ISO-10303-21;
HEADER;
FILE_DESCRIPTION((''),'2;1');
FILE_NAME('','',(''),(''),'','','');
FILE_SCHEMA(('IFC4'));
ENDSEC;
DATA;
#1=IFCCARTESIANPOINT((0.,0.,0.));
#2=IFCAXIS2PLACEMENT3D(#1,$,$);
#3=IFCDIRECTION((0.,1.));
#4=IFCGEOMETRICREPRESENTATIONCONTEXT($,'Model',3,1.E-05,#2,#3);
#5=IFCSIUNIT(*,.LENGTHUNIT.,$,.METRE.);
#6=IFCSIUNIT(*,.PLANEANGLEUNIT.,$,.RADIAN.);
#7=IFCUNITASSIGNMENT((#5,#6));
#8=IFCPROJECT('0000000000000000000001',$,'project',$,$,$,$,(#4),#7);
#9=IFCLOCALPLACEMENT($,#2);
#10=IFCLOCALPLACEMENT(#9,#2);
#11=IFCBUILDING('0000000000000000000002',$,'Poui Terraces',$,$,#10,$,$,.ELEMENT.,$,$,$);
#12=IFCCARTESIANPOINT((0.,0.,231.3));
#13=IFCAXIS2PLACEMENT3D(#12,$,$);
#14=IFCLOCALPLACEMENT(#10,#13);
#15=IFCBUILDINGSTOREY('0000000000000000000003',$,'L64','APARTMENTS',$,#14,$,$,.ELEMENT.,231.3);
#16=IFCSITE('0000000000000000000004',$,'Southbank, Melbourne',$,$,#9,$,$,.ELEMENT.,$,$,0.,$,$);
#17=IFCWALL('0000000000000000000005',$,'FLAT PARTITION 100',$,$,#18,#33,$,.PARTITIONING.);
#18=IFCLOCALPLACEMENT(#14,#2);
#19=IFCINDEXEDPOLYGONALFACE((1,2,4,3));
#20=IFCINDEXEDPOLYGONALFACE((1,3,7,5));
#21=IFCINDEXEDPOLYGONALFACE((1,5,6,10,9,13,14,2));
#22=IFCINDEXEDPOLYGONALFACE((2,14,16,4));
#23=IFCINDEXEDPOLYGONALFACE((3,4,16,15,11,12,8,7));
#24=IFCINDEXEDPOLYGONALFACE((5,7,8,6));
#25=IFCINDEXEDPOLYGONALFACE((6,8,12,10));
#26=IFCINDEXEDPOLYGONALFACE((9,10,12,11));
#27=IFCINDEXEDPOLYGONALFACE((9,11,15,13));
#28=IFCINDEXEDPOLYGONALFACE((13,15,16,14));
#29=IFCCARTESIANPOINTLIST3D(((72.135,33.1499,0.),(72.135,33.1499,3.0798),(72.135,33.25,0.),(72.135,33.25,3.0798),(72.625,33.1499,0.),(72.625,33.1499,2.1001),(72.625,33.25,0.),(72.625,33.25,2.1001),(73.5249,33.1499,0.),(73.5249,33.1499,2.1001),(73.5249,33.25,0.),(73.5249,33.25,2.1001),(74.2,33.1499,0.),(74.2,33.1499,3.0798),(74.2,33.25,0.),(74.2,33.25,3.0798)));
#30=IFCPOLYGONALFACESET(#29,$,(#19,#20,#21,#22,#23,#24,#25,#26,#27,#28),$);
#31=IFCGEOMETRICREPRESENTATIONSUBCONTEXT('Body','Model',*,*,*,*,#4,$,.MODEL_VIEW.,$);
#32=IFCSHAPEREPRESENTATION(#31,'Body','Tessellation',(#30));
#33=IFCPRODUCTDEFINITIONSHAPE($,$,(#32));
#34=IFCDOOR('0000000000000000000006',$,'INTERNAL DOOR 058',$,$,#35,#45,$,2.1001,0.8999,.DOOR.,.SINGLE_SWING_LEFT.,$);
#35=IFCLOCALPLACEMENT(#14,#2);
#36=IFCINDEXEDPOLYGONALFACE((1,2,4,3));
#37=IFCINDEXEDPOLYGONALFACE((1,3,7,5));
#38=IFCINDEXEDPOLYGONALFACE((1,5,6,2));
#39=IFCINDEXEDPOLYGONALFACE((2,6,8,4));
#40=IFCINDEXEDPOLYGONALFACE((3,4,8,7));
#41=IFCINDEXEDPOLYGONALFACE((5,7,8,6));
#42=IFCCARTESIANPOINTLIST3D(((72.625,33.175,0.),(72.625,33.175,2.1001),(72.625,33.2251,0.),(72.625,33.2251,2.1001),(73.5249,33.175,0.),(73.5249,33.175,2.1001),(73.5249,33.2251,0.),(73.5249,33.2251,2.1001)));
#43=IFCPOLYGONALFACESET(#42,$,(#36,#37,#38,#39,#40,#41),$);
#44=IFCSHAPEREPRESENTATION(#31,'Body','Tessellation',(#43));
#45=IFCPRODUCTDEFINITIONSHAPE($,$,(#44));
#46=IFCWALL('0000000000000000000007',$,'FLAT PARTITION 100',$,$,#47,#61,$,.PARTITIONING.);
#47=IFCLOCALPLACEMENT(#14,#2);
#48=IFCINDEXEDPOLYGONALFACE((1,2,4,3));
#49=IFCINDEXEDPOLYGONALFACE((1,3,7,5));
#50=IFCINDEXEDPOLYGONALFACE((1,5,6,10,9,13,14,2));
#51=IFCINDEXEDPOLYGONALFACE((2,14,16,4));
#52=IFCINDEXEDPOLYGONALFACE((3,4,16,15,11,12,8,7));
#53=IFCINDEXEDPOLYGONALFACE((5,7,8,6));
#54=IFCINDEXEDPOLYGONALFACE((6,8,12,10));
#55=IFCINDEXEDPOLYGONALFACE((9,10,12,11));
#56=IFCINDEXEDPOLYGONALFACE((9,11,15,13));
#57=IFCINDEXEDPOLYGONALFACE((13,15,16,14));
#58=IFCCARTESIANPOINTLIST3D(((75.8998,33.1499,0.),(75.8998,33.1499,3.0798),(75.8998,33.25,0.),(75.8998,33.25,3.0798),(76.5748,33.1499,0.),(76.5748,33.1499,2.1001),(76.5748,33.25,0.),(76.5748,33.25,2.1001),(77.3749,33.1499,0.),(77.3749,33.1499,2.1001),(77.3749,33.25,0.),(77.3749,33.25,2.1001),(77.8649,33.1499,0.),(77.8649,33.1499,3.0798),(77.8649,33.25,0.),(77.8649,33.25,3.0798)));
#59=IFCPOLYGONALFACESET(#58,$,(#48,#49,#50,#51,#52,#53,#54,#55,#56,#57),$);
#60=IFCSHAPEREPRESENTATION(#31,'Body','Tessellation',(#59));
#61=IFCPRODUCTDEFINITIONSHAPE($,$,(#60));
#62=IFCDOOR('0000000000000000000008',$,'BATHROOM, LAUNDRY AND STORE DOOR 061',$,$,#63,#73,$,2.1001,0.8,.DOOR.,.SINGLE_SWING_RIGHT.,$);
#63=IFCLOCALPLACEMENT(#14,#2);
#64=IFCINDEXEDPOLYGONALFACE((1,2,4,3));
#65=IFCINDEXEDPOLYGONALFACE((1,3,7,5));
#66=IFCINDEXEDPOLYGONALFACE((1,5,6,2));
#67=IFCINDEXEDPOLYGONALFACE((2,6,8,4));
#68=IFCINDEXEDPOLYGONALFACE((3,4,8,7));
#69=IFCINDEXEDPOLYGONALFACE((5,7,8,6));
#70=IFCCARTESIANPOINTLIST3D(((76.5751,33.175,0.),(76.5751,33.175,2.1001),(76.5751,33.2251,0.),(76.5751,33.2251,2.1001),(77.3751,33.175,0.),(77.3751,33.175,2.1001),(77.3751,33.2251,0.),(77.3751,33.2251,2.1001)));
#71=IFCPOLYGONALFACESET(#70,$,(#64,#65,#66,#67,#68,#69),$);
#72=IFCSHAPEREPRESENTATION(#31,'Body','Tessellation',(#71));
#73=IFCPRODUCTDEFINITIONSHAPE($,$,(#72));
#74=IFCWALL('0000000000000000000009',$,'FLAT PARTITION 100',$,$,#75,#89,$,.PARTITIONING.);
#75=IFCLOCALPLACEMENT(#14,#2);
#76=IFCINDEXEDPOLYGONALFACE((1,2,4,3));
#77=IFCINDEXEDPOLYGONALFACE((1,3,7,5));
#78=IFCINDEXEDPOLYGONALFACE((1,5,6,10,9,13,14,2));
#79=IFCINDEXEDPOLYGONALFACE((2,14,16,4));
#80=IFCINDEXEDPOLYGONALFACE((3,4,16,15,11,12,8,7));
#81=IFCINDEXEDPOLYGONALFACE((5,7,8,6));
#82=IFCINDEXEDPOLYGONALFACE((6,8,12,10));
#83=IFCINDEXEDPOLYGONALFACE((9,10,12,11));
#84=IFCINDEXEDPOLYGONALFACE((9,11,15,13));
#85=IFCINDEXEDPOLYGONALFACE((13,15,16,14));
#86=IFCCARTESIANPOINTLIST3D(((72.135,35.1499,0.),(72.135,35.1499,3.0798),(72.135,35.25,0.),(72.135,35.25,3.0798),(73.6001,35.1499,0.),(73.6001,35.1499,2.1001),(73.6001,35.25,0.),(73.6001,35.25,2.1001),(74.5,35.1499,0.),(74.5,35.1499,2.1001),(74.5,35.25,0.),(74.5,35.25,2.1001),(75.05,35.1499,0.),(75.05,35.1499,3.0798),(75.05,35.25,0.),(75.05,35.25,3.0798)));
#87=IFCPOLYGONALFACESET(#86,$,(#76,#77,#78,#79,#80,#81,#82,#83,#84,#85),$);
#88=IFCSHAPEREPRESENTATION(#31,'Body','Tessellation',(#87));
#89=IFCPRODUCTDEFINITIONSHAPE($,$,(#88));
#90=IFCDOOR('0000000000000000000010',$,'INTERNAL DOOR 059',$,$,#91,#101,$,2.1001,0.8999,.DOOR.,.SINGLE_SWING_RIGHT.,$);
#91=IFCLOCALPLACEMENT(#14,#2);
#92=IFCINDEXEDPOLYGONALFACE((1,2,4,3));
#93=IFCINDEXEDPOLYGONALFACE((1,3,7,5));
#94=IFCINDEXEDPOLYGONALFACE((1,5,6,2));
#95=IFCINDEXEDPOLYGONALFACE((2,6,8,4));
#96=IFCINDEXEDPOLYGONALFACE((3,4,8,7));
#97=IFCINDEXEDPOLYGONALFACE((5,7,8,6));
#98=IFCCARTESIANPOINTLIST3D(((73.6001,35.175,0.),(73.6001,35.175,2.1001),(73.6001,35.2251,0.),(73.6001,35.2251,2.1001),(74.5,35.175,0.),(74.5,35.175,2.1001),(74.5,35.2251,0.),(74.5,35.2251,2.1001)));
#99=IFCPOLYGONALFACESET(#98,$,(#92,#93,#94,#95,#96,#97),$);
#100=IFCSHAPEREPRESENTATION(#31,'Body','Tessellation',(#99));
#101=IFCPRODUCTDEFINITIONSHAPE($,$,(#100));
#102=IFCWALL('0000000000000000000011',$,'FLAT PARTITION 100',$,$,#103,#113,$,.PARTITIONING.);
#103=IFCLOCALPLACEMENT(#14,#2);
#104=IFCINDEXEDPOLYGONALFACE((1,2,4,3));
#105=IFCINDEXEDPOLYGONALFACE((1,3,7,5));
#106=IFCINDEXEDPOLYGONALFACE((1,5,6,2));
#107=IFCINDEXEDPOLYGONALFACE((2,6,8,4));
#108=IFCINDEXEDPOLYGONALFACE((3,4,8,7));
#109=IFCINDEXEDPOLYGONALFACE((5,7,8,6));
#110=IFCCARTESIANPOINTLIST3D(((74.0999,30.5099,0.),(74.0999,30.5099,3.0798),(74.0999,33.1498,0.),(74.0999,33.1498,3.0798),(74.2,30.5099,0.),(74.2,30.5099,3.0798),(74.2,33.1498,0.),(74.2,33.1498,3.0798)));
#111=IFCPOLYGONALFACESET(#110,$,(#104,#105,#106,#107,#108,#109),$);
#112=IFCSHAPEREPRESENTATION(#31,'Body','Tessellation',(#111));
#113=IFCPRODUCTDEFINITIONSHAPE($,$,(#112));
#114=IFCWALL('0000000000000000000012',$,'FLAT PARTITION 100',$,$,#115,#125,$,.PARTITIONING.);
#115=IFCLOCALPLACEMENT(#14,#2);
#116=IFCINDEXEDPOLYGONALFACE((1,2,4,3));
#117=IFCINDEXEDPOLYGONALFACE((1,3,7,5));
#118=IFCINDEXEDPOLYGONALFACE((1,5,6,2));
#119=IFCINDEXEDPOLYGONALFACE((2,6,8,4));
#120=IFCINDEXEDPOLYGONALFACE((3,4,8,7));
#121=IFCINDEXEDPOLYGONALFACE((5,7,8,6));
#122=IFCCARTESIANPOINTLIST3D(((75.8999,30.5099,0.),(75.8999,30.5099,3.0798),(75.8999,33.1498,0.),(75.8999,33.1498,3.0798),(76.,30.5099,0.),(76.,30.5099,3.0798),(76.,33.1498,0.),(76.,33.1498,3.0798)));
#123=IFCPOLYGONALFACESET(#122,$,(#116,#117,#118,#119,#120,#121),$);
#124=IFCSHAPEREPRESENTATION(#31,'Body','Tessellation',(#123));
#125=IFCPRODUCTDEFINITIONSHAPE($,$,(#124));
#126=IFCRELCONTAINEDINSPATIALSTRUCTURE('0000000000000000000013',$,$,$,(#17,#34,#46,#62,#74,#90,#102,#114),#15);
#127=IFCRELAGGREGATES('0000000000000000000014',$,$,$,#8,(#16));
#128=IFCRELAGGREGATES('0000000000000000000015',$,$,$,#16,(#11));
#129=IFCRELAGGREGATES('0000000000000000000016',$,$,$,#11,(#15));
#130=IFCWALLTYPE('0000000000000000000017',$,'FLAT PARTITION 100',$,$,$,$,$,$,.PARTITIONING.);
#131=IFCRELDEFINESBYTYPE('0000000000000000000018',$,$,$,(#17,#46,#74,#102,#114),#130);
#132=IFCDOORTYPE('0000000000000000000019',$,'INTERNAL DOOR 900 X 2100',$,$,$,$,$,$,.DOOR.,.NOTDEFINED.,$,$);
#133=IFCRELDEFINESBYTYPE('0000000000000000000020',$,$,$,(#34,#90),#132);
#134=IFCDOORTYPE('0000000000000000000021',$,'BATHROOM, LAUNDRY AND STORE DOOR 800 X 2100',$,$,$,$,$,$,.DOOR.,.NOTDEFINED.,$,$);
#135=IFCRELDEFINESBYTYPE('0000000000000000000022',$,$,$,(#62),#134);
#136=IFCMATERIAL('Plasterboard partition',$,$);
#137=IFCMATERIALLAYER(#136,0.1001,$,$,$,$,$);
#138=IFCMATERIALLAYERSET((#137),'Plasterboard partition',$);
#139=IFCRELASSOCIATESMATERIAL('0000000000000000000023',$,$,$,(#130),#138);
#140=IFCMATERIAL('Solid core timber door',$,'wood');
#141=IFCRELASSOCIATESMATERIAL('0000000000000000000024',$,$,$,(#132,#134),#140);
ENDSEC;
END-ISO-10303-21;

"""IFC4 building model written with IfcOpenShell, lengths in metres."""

from ifc_helpers import new_model, si_unit, direction, frame, frame_2d, origin, place, context, subcontext, project, spatial, rectangle, extrude, material, layer, layer_set, type_object, element, fill, save


model = new_model("IFC4")

# Units and contexts
model_context = context("Model", 3, precision=1e-05, world=origin(), true_north=direction((0.0, 1.0)))
body_context = subcontext(model_context, "Body", "Model", "MODEL_VIEW")
ifc_project = project(units=[si_unit("LENGTHUNIT", "METRE"), si_unit("PLANEANGLEUNIT", "RADIAN")], contexts=[model_context])

# Site, building, storey
site_placement = place(None, origin())
site = spatial("IfcSite", under=ifc_project, at=site_placement, Name="Southbank, Melbourne", CompositionType="ELEMENT", RefElevation=0.0)
building_placement = place(site_placement, origin())
building = spatial("IfcBuilding", under=site, at=building_placement, Name="Poui Terraces", CompositionType="ELEMENT")
storey_placement = place(building_placement, frame((0.0, 0.0, 231.3)))
storey = spatial("IfcBuildingStorey", under=building, at=storey_placement, Name="L64", Description="APARTMENTS", CompositionType="ELEMENT", Elevation=231.3)

# Walls, openings, doors
ifc_material_1 = material(Name="Plasterboard partition")
ifc_layer = layer(ifc_material_1, 0.1001)
ifc_layer_set = layer_set([ifc_layer], Name="Plasterboard partition")
wall_type = type_object("IfcWallType", Name="FLAT PARTITION 100", PredefinedType="PARTITIONING", material=ifc_layer_set)
wall_1_placement = place(storey_placement, frame((72.135, 33.2, 0.0), z_axis=(0.0, 0.0, 1.0), x_axis=(1.0, 0.0, 0.0)))
wall_1 = element("IfcWall", 1, at=wall_1_placement, inside=storey, type_object=wall_type, Name="FLAT PARTITION 100", PredefinedType="PARTITIONING", context=body_context, shape_type="SweptSolid", body=[
    extrude(rectangle(XDim=2.0649, YDim=0.1001, at=frame_2d((1.0325, 0.0))), origin(), (0.0, 0.0, 1.0), 3.0798),
])
opening_1_placement = place(wall_1_placement, frame((0.49, 0.0, 0.0)))
opening_1 = element("IfcOpeningElement", 2, at=opening_1_placement, cuts=wall_1, PredefinedType="OPENING", context=body_context, shape_type="SweptSolid", body=[
    extrude(rectangle(XDim=0.8999, YDim=2.1001, at=frame_2d((0.45, 1.05))), frame((0.0, 0.0601, 0.0), z_axis=(0.0, -1.0, 0.0), x_axis=(1.0, 0.0, 0.0)), (0.0, 0.0, 1.0), 0.1201),
])
ifc_material_2 = material(Name="Solid core timber door", Category="wood")
door_type_1 = type_object("IfcDoorType", Name="INTERNAL DOOR 900 X 2100", OperationType="NOTDEFINED", PredefinedType="DOOR", material=ifc_material_2)
door_1_placement = place(opening_1_placement, frame((0.8999, 0.0, 0.0), z_axis=(0.0, 0.0, 1.0), x_axis=(-1.0, 0.0, 0.0)))
door_1 = element("IfcDoor", 3, at=door_1_placement, inside=storey, type_object=door_type_1, Name="INTERNAL DOOR 058", OperationType="SINGLE_SWING_LEFT", OverallHeight=2.1001, OverallWidth=0.8999, PredefinedType="DOOR", context=body_context, shape_type="SweptSolid", body=[
    extrude(rectangle(XDim=0.8999, YDim=2.1001, at=frame_2d((0.45, 1.05))), frame((0.0, 0.0249, 0.0), z_axis=(0.0, -1.0, 0.0), x_axis=(1.0, 0.0, 0.0)), (0.0, 0.0, 1.0), 0.05),
])
fill(opening_1, door_1)
wall_2_placement = place(storey_placement, frame((75.8999, 33.2, 0.0), z_axis=(0.0, 0.0, 1.0), x_axis=(1.0, 0.0, 0.0)))
wall_2 = element("IfcWall", 4, at=wall_2_placement, inside=storey, type_object=wall_type, Name="FLAT PARTITION 100", PredefinedType="PARTITIONING", context=body_context, shape_type="SweptSolid", body=[
    extrude(rectangle(XDim=1.9651, YDim=0.1001, at=frame_2d((0.9824, 0.0))), origin(), (0.0, 0.0, 1.0), 3.0798),
])
opening_2_placement = place(wall_2_placement, frame((0.675, 0.0, 0.0)))
opening_2 = element("IfcOpeningElement", 5, at=opening_2_placement, cuts=wall_2, PredefinedType="OPENING", context=body_context, shape_type="SweptSolid", body=[
    extrude(rectangle(XDim=0.8, YDim=2.1001, at=frame_2d((0.3999, 1.05))), frame((0.0, 0.0601, 0.0), z_axis=(0.0, -1.0, 0.0), x_axis=(1.0, 0.0, 0.0)), (0.0, 0.0, 1.0), 0.1201),
])
door_type_2 = type_object("IfcDoorType", Name="BATHROOM, LAUNDRY AND STORE DOOR 800 X 2100", OperationType="NOTDEFINED", PredefinedType="DOOR", material=ifc_material_2)
door_2_placement = place(opening_2_placement, frame((0.8, 0.0, 0.0), z_axis=(0.0, 0.0, 1.0), x_axis=(-1.0, 0.0, 0.0)))
door_2 = element("IfcDoor", 6, at=door_2_placement, inside=storey, type_object=door_type_2, Name="BATHROOM, LAUNDRY AND STORE DOOR 061", OperationType="SINGLE_SWING_RIGHT", OverallHeight=2.1001, OverallWidth=0.8, PredefinedType="DOOR", context=body_context, shape_type="SweptSolid", body=[
    extrude(rectangle(XDim=0.8, YDim=2.1001, at=frame_2d((0.3999, 1.05))), frame((0.0, 0.0249, 0.0), z_axis=(0.0, -1.0, 0.0), x_axis=(1.0, 0.0, 0.0)), (0.0, 0.0, 1.0), 0.05),
])
fill(opening_2, door_2)
wall_3_placement = place(storey_placement, frame((72.135, 35.2, 0.0), z_axis=(0.0, 0.0, 1.0), x_axis=(1.0, 0.0, 0.0)))
wall_3 = element("IfcWall", 7, at=wall_3_placement, inside=storey, type_object=wall_type, Name="FLAT PARTITION 100", PredefinedType="PARTITIONING", context=body_context, shape_type="SweptSolid", body=[
    extrude(rectangle(XDim=2.915, YDim=0.1001, at=frame_2d((1.4575, 0.0))), origin(), (0.0, 0.0, 1.0), 3.0798),
])
opening_3_placement = place(wall_3_placement, frame((1.4651, 0.0, 0.0)))
opening_3 = element("IfcOpeningElement", 8, at=opening_3_placement, cuts=wall_3, PredefinedType="OPENING", context=body_context, shape_type="SweptSolid", body=[
    extrude(rectangle(XDim=0.8999, YDim=2.1001, at=frame_2d((0.45, 1.05))), frame((0.0, 0.0601, 0.0), z_axis=(0.0, -1.0, 0.0), x_axis=(1.0, 0.0, 0.0)), (0.0, 0.0, 1.0), 0.1201),
])
door_3_placement = place(opening_3_placement, frame((0.8999, 0.0, 0.0), z_axis=(0.0, 0.0, 1.0), x_axis=(-1.0, 0.0, 0.0)))
door_3 = element("IfcDoor", 9, at=door_3_placement, inside=storey, type_object=door_type_1, Name="INTERNAL DOOR 059", OperationType="SINGLE_SWING_RIGHT", OverallHeight=2.1001, OverallWidth=0.8999, PredefinedType="DOOR", context=body_context, shape_type="SweptSolid", body=[
    extrude(rectangle(XDim=0.8999, YDim=2.1001, at=frame_2d((0.45, 1.05))), frame((0.0, 0.0249, 0.0), z_axis=(0.0, -1.0, 0.0), x_axis=(1.0, 0.0, 0.0)), (0.0, 0.0, 1.0), 0.05),
])
fill(opening_3, door_3)

# Walls
for number, where, z_axis, x_axis, name in (
    (10, (74.1499, 30.51, 0.0), (0.0, 0.0, 1.0), (0.0, 1.0, 0.0), "FLAT PARTITION 100"),
    (11, (75.95, 30.51, 0.0), (0.0, 0.0, 1.0), (0.0, 1.0, 0.0), "FLAT PARTITION 100"),
):
    element("IfcWall", number, at=place(storey_placement, frame(where, z_axis=z_axis, x_axis=x_axis)), inside=storey, type_object=wall_type, Name=name, PredefinedType="PARTITIONING", context=body_context, shape_type="SweptSolid", body=[
        extrude(rectangle(XDim=2.6399, YDim=0.1001, at=frame_2d((1.3198, 0.0))), origin(), (0.0, 0.0, 1.0), 3.0798),
    ])

save(model, "model.ifc")
